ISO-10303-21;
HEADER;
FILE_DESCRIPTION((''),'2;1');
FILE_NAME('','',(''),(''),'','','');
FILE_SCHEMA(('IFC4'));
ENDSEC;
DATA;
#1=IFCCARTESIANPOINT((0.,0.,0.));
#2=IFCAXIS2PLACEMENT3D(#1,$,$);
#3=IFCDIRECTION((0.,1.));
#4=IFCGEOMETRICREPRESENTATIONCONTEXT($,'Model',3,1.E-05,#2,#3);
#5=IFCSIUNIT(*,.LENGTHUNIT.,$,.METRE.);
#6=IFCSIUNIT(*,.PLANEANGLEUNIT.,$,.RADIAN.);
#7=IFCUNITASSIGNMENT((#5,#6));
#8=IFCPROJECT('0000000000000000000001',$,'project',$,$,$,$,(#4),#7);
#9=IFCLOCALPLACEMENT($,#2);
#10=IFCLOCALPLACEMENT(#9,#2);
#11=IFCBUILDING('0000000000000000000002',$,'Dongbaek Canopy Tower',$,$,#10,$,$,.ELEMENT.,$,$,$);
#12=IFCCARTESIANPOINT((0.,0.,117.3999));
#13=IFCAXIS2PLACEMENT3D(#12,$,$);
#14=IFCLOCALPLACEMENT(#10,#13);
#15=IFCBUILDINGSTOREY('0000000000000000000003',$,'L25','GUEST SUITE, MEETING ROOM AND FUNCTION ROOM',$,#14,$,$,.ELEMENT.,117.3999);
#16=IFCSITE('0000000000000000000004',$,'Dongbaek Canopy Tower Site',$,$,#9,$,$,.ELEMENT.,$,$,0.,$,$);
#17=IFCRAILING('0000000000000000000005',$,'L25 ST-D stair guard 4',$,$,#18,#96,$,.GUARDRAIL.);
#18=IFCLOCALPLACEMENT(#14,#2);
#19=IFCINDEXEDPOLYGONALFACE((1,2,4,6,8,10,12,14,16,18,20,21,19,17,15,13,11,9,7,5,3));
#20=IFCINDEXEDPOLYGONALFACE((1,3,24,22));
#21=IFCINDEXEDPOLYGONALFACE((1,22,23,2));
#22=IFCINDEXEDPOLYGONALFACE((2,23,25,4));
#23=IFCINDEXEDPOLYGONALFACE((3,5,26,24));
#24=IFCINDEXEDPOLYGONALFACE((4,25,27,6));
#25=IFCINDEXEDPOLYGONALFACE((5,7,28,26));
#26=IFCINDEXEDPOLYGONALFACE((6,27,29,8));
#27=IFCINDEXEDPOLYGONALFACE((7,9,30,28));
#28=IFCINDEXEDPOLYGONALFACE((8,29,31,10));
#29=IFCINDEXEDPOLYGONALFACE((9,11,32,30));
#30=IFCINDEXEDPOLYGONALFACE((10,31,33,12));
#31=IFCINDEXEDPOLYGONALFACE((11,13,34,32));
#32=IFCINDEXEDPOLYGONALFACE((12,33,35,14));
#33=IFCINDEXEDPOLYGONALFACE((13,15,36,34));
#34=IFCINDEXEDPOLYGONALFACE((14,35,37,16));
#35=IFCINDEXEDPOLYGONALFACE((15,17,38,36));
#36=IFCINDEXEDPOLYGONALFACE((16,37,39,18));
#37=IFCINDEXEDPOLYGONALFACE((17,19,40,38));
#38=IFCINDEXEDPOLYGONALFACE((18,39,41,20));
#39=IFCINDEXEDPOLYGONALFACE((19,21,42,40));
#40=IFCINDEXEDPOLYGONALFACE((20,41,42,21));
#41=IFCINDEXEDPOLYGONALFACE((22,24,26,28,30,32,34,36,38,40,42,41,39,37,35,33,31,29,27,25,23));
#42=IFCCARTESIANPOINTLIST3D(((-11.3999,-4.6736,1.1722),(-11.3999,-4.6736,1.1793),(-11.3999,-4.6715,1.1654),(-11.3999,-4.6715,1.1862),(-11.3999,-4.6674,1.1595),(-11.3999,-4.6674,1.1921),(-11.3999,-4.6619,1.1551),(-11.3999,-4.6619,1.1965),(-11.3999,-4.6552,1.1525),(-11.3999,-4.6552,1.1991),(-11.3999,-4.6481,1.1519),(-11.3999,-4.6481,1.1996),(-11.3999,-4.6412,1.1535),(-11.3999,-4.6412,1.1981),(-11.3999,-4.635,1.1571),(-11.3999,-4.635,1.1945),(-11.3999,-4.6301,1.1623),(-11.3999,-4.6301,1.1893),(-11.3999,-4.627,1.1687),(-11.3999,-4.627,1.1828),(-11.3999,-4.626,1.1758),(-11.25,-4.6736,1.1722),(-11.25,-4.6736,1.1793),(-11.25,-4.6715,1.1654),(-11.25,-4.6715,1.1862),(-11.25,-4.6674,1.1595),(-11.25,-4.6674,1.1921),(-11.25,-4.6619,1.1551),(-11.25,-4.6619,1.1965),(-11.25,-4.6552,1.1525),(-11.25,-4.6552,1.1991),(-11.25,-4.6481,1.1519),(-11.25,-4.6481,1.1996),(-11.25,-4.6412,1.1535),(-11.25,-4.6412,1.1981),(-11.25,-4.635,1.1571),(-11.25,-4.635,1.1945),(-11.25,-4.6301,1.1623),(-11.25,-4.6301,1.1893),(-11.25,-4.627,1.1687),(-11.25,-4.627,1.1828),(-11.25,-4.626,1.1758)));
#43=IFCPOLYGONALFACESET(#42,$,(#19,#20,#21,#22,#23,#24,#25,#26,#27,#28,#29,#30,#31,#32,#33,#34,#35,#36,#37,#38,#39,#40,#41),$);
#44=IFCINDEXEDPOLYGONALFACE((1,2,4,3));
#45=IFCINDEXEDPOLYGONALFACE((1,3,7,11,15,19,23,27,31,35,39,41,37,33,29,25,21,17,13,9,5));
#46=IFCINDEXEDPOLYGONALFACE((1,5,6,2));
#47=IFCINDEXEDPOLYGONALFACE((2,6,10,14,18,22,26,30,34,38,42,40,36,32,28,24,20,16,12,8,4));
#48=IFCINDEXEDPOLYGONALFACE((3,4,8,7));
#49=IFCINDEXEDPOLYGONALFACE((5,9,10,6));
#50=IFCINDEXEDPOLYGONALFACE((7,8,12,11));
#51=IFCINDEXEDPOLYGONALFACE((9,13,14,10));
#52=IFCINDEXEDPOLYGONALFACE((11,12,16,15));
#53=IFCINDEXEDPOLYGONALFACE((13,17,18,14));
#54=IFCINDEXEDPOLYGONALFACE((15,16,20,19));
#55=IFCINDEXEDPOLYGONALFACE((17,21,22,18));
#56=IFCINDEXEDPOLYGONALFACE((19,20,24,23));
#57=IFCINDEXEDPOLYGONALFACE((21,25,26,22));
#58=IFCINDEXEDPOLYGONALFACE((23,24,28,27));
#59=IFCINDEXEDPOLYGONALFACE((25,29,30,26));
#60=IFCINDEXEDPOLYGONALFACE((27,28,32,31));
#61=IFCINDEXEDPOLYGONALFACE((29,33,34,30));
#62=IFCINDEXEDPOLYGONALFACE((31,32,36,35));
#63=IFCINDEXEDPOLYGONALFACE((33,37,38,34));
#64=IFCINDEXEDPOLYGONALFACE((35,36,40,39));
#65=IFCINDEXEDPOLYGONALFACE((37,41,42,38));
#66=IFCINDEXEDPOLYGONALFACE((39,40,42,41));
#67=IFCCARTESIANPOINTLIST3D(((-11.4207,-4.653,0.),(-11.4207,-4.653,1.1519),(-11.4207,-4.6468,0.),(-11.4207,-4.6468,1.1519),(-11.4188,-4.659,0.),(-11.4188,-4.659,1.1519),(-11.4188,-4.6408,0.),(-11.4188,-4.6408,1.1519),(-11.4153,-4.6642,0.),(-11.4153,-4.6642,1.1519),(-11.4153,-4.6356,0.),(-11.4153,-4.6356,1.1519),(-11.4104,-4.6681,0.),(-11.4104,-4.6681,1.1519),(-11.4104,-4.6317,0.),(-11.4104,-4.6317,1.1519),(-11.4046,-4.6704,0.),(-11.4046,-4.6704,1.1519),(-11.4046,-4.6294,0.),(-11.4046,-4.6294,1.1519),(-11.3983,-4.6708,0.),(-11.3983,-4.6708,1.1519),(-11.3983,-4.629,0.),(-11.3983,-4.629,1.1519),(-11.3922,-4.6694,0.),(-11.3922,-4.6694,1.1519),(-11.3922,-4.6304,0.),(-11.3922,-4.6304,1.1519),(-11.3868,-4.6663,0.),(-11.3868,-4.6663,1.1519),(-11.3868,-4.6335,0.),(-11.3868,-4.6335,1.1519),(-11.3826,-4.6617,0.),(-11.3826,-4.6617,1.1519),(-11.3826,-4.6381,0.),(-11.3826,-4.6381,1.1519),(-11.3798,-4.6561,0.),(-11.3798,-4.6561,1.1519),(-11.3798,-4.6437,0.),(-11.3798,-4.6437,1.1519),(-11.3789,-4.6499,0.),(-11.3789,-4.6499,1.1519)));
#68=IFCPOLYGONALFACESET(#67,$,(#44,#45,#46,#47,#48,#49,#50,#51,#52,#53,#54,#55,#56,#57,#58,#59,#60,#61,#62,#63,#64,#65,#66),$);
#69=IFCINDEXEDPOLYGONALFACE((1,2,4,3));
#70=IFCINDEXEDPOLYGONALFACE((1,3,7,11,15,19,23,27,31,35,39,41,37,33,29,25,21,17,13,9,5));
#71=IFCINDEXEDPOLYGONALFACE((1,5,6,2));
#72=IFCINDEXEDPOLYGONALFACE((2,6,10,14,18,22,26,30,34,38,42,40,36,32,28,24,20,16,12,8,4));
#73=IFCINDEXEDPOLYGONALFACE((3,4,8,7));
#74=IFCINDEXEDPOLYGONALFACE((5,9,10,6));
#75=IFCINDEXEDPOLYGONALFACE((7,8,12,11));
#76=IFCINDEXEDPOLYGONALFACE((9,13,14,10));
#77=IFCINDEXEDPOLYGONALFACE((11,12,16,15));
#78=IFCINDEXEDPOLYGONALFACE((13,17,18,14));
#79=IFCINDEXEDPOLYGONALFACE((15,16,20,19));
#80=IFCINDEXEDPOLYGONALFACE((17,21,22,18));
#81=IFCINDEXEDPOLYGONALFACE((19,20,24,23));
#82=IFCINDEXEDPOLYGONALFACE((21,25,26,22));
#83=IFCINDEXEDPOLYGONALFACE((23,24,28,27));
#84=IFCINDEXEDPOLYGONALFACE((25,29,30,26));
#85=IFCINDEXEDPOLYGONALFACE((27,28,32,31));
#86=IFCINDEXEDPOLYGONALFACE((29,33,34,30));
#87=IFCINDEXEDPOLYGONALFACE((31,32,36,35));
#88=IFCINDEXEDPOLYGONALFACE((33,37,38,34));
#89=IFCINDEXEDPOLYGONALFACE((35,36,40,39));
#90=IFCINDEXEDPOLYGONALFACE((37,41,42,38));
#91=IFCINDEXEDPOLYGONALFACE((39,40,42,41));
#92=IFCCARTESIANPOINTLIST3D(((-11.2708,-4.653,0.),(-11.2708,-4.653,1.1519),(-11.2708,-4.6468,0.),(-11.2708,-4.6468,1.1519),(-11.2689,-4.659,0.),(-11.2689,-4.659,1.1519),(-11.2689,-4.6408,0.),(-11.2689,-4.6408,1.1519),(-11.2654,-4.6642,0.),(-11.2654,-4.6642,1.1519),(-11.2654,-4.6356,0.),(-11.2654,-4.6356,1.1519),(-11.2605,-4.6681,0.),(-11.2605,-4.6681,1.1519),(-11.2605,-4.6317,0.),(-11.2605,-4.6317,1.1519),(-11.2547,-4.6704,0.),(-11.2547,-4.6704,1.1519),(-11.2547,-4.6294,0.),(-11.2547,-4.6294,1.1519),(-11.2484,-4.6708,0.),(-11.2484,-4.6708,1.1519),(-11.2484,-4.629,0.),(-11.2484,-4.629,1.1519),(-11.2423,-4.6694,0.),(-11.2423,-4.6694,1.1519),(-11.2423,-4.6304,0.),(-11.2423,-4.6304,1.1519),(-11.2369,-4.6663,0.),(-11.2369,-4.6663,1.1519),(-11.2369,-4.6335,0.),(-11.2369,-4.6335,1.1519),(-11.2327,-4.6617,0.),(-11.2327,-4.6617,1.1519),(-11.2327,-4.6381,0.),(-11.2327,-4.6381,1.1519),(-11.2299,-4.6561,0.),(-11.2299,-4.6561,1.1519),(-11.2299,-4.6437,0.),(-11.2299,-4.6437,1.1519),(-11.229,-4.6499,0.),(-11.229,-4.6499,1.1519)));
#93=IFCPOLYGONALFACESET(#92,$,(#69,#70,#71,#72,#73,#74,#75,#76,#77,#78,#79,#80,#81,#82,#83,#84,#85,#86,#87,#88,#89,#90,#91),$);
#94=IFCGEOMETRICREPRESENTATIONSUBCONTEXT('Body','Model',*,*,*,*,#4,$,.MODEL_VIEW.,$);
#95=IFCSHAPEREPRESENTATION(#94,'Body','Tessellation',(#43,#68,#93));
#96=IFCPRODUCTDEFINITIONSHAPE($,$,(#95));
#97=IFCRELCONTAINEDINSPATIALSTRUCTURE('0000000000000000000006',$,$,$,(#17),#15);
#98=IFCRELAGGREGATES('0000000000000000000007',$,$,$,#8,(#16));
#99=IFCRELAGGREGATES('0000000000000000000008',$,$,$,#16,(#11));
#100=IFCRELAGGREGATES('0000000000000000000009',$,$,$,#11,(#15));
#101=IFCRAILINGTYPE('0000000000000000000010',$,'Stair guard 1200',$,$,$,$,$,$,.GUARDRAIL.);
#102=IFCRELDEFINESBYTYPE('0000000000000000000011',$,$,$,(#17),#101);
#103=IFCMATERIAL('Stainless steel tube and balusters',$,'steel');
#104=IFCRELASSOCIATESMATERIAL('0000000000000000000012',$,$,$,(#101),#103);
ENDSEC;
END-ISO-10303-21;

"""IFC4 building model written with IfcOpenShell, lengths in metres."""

from ifc_helpers import new_model, si_unit, direction, frame, origin, origin_2d, place, context, subcontext, project, spatial, circle, extrude, material, type_object, element, save


model = new_model("IFC4")

# Units and contexts
model_context = context("Model", 3, precision=1e-05, world=origin(), true_north=direction((0.0, 1.0)))
body_context = subcontext(model_context, "Body", "Model", "MODEL_VIEW")
ifc_project = project(units=[si_unit("LENGTHUNIT", "METRE"), si_unit("PLANEANGLEUNIT", "RADIAN")], contexts=[model_context])

# Site, building, storey
site_placement = place(None, origin())
site = spatial("IfcSite", under=ifc_project, at=site_placement, Name="Dongbaek Canopy Tower Site", CompositionType="ELEMENT", RefElevation=0.0)
building_placement = place(site_placement, origin())
building = spatial("IfcBuilding", under=site, at=building_placement, Name="Dongbaek Canopy Tower", CompositionType="ELEMENT")
storey_placement = place(building_placement, frame((0.0, 0.0, 117.3999)))
storey = spatial("IfcBuildingStorey", under=building, at=storey_placement, Name="L25", Description="GUEST SUITE, MEETING ROOM AND FUNCTION ROOM", CompositionType="ELEMENT", Elevation=117.3999)

# Railing
ifc_material_1 = material(Name="Stainless steel tube and balusters", Category="steel")
railing_type_1 = type_object("IfcRailingType", Name="Stair guard 1200", PredefinedType="GUARDRAIL", material=ifc_material_1)
railing_1_placement = place(storey_placement, frame((-11.3999, -4.6499, 0.0)))
element("IfcRailing", 1, at=railing_1_placement, inside=storey, type_object=railing_type_1, Name="L25 ST-D stair guard 4", PredefinedType="GUARDRAIL", context=body_context, shape_type="SweptSolid", body=[
    extrude(circle(Radius=0.0239, at=origin_2d()), frame((0.0, 0.0, 1.1758), z_axis=(1.0, 0.0, 0.0), x_axis=(0.0, 1.0, 0.0)), (0.0, 0.0, 1.0), 0.1499),
    extrude(circle(Radius=0.021, at=origin_2d()), origin(), (0.0, 0.0, 1.0), 1.1519),
    extrude(circle(Radius=0.021, at=origin_2d()), frame((0.1499, 0.0, 0.0)), (0.0, 0.0, 1.0), 1.1519),
])

save(model, "model.ifc")
